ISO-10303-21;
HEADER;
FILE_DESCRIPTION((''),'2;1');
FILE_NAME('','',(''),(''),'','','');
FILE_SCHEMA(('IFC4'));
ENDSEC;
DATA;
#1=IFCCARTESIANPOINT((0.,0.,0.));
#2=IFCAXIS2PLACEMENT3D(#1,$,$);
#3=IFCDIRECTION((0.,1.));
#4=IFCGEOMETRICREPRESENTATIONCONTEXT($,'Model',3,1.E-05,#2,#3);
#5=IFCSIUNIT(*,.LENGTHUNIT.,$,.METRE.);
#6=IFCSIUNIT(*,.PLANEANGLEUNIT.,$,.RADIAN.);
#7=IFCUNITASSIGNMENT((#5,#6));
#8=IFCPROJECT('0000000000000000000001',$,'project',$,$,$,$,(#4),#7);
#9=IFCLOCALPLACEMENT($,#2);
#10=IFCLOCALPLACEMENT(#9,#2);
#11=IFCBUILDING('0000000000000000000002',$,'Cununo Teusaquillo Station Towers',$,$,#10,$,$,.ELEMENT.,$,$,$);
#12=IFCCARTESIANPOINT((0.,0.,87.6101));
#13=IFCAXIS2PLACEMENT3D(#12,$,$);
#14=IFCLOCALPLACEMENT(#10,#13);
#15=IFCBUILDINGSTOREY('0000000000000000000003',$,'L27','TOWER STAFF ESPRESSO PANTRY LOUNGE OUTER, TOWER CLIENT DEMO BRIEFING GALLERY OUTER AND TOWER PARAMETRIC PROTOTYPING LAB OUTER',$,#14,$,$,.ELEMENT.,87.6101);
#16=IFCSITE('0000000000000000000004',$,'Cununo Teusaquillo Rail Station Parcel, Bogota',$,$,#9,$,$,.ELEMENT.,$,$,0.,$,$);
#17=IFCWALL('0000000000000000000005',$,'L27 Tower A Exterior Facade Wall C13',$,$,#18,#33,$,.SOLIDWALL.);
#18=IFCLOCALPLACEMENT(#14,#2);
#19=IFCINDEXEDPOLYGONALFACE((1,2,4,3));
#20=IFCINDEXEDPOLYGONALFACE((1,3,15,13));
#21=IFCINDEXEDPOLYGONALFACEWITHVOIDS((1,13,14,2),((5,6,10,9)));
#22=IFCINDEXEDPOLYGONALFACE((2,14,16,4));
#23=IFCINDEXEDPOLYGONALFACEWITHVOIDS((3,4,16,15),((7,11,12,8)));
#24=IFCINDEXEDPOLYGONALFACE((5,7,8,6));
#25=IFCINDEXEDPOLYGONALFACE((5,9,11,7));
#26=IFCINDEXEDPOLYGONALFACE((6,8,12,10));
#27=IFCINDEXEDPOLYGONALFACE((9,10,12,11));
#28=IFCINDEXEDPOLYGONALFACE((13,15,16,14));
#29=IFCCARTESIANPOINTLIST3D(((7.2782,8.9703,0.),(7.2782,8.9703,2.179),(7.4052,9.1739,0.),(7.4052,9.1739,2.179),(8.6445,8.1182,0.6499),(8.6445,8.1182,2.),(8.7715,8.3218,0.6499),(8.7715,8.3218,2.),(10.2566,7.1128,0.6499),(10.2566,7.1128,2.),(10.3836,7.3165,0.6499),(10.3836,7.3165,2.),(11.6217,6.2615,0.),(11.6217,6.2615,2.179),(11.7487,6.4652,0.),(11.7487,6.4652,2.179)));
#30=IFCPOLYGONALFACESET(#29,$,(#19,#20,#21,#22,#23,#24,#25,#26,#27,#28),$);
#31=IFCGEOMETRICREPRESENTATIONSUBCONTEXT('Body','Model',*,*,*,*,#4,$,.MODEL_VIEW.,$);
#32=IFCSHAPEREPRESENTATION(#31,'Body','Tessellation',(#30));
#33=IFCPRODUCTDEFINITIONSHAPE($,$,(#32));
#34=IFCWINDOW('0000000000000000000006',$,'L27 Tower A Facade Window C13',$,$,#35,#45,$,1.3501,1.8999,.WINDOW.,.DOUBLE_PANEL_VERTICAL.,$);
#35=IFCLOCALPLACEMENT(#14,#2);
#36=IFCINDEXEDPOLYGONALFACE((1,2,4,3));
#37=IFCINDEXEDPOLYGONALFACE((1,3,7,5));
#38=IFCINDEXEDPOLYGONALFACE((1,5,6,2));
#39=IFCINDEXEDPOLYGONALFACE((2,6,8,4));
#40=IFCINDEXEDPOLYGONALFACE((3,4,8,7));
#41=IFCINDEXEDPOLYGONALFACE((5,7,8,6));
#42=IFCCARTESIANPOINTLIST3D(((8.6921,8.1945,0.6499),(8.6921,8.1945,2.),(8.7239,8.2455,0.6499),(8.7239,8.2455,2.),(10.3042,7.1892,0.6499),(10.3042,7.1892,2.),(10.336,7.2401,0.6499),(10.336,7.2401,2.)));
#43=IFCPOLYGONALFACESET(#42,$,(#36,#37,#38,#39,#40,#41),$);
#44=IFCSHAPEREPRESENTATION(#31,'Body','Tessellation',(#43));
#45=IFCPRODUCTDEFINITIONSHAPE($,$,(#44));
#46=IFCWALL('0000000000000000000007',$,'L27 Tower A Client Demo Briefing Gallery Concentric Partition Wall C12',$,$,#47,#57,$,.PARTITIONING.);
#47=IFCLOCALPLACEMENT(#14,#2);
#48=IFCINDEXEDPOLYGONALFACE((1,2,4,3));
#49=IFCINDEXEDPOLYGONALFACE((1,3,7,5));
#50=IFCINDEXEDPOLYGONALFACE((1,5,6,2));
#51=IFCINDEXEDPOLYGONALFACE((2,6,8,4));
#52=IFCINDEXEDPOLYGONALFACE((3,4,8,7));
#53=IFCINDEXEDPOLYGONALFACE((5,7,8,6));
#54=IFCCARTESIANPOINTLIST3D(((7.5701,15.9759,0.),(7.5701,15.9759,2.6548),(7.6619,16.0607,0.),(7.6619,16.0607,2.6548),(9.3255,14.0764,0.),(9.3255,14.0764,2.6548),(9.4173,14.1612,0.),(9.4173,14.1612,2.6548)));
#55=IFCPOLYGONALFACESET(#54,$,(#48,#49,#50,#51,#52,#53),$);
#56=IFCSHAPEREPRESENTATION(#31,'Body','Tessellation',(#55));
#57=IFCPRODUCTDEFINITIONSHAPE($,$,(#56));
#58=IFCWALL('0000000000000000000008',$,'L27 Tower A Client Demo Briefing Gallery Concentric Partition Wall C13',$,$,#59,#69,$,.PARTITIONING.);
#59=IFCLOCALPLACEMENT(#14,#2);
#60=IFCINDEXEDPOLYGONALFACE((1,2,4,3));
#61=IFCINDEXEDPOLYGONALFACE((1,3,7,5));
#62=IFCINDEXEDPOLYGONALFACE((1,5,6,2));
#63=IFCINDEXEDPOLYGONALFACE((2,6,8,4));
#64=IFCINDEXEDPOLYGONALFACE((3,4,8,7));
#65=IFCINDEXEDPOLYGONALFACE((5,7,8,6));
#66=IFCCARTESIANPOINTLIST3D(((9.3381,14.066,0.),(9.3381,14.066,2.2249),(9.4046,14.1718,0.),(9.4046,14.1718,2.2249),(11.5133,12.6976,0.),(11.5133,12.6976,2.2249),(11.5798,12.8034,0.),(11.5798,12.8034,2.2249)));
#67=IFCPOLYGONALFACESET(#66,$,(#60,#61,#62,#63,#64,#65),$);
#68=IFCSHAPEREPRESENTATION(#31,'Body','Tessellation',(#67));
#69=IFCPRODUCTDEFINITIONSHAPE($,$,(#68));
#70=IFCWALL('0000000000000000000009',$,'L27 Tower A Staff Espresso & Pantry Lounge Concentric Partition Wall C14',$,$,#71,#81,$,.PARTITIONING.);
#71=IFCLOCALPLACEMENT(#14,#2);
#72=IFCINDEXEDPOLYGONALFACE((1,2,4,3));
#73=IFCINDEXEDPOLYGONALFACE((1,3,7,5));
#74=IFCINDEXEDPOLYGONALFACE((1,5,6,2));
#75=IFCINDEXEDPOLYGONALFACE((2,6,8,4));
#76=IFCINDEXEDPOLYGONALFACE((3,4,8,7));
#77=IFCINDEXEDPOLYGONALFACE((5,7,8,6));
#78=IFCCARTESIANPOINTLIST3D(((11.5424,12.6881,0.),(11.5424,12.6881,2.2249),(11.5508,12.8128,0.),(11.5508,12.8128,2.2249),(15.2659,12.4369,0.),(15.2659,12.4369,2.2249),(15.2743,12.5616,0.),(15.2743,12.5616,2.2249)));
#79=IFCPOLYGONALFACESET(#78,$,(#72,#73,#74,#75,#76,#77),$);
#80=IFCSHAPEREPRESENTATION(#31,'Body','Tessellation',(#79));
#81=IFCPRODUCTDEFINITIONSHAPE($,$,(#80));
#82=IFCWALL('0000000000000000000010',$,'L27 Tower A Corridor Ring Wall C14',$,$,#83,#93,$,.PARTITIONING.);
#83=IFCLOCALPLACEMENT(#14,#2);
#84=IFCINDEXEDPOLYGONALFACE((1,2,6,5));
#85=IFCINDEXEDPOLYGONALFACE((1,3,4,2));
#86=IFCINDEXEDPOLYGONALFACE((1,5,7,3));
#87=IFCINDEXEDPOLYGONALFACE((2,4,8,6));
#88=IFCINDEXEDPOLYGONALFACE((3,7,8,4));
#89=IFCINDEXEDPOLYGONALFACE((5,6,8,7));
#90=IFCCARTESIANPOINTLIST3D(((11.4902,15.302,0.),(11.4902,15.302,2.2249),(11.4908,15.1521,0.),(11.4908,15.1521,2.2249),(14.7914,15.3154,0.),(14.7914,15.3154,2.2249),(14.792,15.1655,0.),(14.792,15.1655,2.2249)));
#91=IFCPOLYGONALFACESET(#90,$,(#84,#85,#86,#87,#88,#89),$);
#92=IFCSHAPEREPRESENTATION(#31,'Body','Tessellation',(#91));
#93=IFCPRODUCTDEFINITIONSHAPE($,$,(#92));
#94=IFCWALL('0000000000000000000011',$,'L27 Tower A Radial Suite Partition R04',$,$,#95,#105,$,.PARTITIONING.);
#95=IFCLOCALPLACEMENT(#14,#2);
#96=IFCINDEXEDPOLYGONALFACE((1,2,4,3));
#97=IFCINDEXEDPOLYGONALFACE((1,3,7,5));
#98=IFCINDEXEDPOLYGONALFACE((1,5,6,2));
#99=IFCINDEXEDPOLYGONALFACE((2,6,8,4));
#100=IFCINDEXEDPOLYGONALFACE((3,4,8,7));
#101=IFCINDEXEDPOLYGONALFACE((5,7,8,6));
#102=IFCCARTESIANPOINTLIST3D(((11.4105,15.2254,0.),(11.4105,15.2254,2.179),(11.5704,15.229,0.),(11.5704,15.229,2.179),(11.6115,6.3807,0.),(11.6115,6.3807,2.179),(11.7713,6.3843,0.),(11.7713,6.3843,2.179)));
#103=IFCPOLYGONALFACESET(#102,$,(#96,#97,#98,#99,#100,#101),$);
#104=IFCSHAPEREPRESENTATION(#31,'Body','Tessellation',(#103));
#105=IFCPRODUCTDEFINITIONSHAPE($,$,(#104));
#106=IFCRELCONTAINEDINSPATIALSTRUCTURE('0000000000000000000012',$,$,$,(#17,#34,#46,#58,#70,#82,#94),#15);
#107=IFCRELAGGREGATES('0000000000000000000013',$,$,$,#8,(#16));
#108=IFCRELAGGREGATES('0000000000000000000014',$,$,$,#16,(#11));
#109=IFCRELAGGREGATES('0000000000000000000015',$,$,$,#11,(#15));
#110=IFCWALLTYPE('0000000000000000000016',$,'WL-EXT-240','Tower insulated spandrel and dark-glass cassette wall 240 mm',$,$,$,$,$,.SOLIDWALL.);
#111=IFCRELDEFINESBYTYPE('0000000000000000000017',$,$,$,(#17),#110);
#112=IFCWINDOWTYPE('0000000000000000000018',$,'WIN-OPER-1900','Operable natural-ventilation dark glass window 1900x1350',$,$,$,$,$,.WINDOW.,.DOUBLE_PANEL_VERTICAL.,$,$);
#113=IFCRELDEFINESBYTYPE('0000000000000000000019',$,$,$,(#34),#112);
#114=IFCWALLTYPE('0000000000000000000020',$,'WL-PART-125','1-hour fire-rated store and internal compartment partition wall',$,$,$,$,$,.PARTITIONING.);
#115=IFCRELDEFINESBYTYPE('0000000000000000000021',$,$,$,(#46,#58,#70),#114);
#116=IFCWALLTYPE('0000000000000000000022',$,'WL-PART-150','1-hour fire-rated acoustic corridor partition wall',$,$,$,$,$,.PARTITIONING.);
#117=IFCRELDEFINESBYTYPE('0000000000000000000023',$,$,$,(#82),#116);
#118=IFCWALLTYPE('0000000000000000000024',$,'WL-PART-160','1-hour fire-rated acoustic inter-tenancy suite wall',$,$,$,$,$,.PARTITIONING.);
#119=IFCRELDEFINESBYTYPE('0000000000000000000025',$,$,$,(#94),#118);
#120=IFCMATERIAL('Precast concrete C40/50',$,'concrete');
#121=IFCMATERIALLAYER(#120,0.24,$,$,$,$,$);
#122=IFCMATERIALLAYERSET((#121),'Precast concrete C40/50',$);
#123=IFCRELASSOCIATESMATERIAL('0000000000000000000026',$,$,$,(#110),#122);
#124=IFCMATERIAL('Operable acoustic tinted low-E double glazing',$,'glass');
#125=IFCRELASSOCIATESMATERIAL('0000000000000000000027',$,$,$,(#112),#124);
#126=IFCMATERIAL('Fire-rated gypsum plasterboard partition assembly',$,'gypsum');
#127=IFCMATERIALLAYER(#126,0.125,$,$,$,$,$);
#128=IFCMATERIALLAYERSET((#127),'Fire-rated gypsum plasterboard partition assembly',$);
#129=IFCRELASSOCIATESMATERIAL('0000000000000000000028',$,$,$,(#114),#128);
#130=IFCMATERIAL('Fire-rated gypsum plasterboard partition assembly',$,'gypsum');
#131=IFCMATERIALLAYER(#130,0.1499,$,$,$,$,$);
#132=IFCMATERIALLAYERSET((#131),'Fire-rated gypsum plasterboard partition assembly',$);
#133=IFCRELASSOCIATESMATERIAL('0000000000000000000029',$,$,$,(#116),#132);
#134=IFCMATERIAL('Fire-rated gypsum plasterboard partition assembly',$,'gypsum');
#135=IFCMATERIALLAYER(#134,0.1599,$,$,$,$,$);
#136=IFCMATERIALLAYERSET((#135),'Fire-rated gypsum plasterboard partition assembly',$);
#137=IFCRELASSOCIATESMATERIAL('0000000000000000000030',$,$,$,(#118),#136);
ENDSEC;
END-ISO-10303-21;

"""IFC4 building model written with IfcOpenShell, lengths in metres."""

from ifc_helpers import new_model, si_unit, direction, frame, frame_2d, origin, place, context, subcontext, project, spatial, rectangle, extrude, source, transform, mapped, material, layer, layer_set, type_object, element, fill, save


model = new_model("IFC4")

# Units and contexts
model_context = context("Model", 3, precision=1e-05, world=origin(), true_north=direction((0.0, 1.0)))
body_context = subcontext(model_context, "Body", "Model", "MODEL_VIEW")
ifc_project = project(units=[si_unit("LENGTHUNIT", "METRE"), si_unit("PLANEANGLEUNIT", "RADIAN")], contexts=[model_context])

# Site, building, storey
site_placement = place(None, origin())
site = spatial("IfcSite", under=ifc_project, at=site_placement, Name="Cununo Teusaquillo Rail Station Parcel, Bogota", CompositionType="ELEMENT", RefElevation=0.0)
building_placement = place(site_placement, origin())
building = spatial("IfcBuilding", under=site, at=building_placement, Name="Cununo Teusaquillo Station Towers", CompositionType="ELEMENT")
storey_placement = place(building_placement, frame((0.0, 0.0, 87.6101)))
storey = spatial("IfcBuildingStorey", under=building, at=storey_placement, Name="L27", Description="TOWER STAFF ESPRESSO PANTRY LOUNGE OUTER, TOWER CLIENT DEMO BRIEFING GALLERY OUTER AND TOWER PARAMETRIC PROTOTYPING LAB OUTER", CompositionType="ELEMENT", Elevation=87.6101)

# Shared definitions
ifc_material_1 = material(Name="Precast concrete C40/50", Category="concrete")
ifc_layer_1 = layer(ifc_material_1, 0.24)
ifc_layer_set_1 = layer_set([ifc_layer_1], Name="Precast concrete C40/50")
wall_type_1 = type_object("IfcWallType", Name="WL-EXT-240", Description="Tower insulated spandrel and dark-glass cassette wall 240 mm", PredefinedType="SOLIDWALL", material=ifc_layer_set_1)
shared_shape_1 = source(origin(), body_context, "Body", "SweptSolid", [
    extrude(rectangle(XDim=1.8999, YDim=1.3501, at=frame_2d((0.95, 0.675))), frame((0.0, 0.1299, 0.0), z_axis=(0.0, -1.0, 0.0), x_axis=(1.0, 0.0, 0.0)), (0.0, 0.0, 1.0), 0.26),
])
ifc_material_2 = material(Name="Operable acoustic tinted low-E double glazing", Category="glass")
window_type = type_object("IfcWindowType", Name="WIN-OPER-1900", Description="Operable natural-ventilation dark glass window 1900x1350", PartitioningType="DOUBLE_PANEL_VERTICAL", PredefinedType="WINDOW", material=ifc_material_2)
shared_shape_2 = source(origin(), body_context, "Body", "SweptSolid", [
    extrude(rectangle(XDim=1.8999, YDim=1.3501, at=frame_2d((0.95, 0.675))), frame((0.0, 0.03, 0.0), z_axis=(0.0, -1.0, 0.0), x_axis=(1.0, 0.0, 0.0)), (0.0, 0.0, 1.0), 0.0601),
])

# Wall, opening, window
wall_1_placement = place(storey_placement, frame((11.6853, 6.3633, 0.0), z_axis=(0.0, 0.0, 1.0), x_axis=(-0.84852, 0.529163, 0.0)))
wall_1 = element("IfcWall", 1, at=wall_1_placement, inside=storey, type_object=wall_type_1, Name="L27 Tower A Exterior Facade Wall C13", PredefinedType="SOLIDWALL", context=body_context, shape_type="SweptSolid", body=[
    extrude(rectangle(XDim=5.1189, YDim=0.24, at=frame_2d((2.5596, 0.0))), origin(), (0.0, 0.0, 1.0), 2.179),
])
opening_1_placement = place(wall_1_placement, frame((1.6089, 0.0, 0.6499)))
opening_1 = element("IfcOpeningElement", 2, at=opening_1_placement, cuts=wall_1, PredefinedType="OPENING", context=body_context, shape_type="MappedRepresentation", body=[
    mapped(shared_shape_1, transform((0.0, 0.0, 0.0), x_axis=(1.0, 0.0, 0.0), y_axis=(0.0, 1.0, 0.0), z_axis=(0.0, 0.0, 1.0), scale=1.0)),
])
window_1_placement = place(opening_1_placement, origin())
window_1 = element("IfcWindow", 3, at=window_1_placement, inside=storey, type_object=window_type, Name="L27 Tower A Facade Window C13", OverallHeight=1.3501, OverallWidth=1.8999, PartitioningType="DOUBLE_PANEL_VERTICAL", PredefinedType="WINDOW", context=body_context, shape_type="MappedRepresentation", body=[
    mapped(shared_shape_2, transform((0.0, 0.0, 0.0), x_axis=(1.0, 0.0, 0.0), y_axis=(0.0, 1.0, 0.0), z_axis=(0.0, 0.0, 1.0), scale=1.0)),
])
fill(opening_1, window_1)

# Walls
ifc_material_3 = material(Name="Fire-rated gypsum plasterboard partition assembly", Category="gypsum")
ifc_layer_2 = layer(ifc_material_3, 0.125)
ifc_layer_set_2 = layer_set([ifc_layer_2], Name="Fire-rated gypsum plasterboard partition assembly")
wall_type_2 = type_object("IfcWallType", Name="WL-PART-125", Description="1-hour fire-rated store and internal compartment partition wall", PredefinedType="PARTITIONING", material=ifc_layer_set_2)
wall_2_placement = place(storey_placement, frame((7.616, 16.0183, 0.0), z_axis=(0.0, 0.0, 1.0), x_axis=(0.678711, -0.734405, 0.0)))
element("IfcWall", 4, at=wall_2_placement, inside=storey, type_object=wall_type_2, Name="L27 Tower A Client Demo Briefing Gallery Concentric Partition Wall C12", PredefinedType="PARTITIONING", context=body_context, shape_type="SweptSolid", body=[
    extrude(rectangle(XDim=2.5864, YDim=0.125, at=frame_2d((1.2932, 0.0))), origin(), (0.0, 0.0, 1.0), 2.6548),
])
wall_3_placement = place(storey_placement, frame((9.3713, 14.1189, 0.0), z_axis=(0.0, 0.0, 1.0), x_axis=(0.846447, -0.532473, 0.0)))
element("IfcWall", 5, at=wall_3_placement, inside=storey, type_object=wall_type_2, Name="L27 Tower A Client Demo Briefing Gallery Concentric Partition Wall C13", PredefinedType="PARTITIONING", context=body_context, shape_type="SweptSolid", body=[
    extrude(rectangle(XDim=2.5698, YDim=0.125, at=frame_2d((1.2849, 0.0))), origin(), (0.0, 0.0, 1.0), 2.2249),
])
wall_4_placement = place(storey_placement, frame((11.5466, 12.7505, 0.0), z_axis=(0.0, 0.0, 1.0), x_axis=(0.997732, -0.067318, 0.0)))
element("IfcWall", 6, at=wall_4_placement, inside=storey, type_object=wall_type_2, Name="L27 Tower A Staff Espresso & Pantry Lounge Concentric Partition Wall C14", PredefinedType="PARTITIONING", context=body_context, shape_type="SweptSolid", body=[
    extrude(rectangle(XDim=3.7319, YDim=0.125, at=frame_2d((1.866, 0.0))), origin(), (0.0, 0.0, 1.0), 2.2249),
])
ifc_material_4 = material(Name="Fire-rated gypsum plasterboard partition assembly", Category="gypsum")
ifc_layer_3 = layer(ifc_material_4, 0.1499)
ifc_layer_set_3 = layer_set([ifc_layer_3], Name="Fire-rated gypsum plasterboard partition assembly")
wall_type_3 = type_object("IfcWallType", Name="WL-PART-150", Description="1-hour fire-rated acoustic corridor partition wall", PredefinedType="PARTITIONING", material=ifc_layer_set_3)
wall_5_placement = place(storey_placement, frame((11.4905, 15.2271, 0.0), z_axis=(0.0, 0.0, 1.0), x_axis=(0.999992, 0.004067, 0.0)))
element("IfcWall", 7, at=wall_5_placement, inside=storey, type_object=wall_type_3, Name="L27 Tower A Corridor Ring Wall C14", PredefinedType="PARTITIONING", context=body_context, shape_type="SweptSolid", body=[
    extrude(rectangle(XDim=3.3013, YDim=0.1499, at=frame_2d((1.6506, 0.0))), origin(), (0.0, 0.0, 1.0), 2.2249),
])
ifc_material_5 = material(Name="Fire-rated gypsum plasterboard partition assembly", Category="gypsum")
ifc_layer_4 = layer(ifc_material_5, 0.1599)
ifc_layer_set_4 = layer_set([ifc_layer_4], Name="Fire-rated gypsum plasterboard partition assembly")
wall_type_4 = type_object("IfcWallType", Name="WL-PART-160", Description="1-hour fire-rated acoustic inter-tenancy suite wall", PredefinedType="PARTITIONING", material=ifc_layer_set_4)
wall_6_placement = place(storey_placement, frame((11.4905, 15.2271, 0.0), z_axis=(0.0, 0.0, 1.0), x_axis=(0.022711, -0.999742, 0.0)))
element("IfcWall", 8, at=wall_6_placement, inside=storey, type_object=wall_type_4, Name="L27 Tower A Radial Suite Partition R04", PredefinedType="PARTITIONING", context=body_context, shape_type="SweptSolid", body=[
    extrude(rectangle(XDim=8.8469, YDim=0.1599, at=frame_2d((4.4233, 0.0))), origin(), (0.0, 0.0, 1.0), 2.179),
])

save(model, "model.ifc")
